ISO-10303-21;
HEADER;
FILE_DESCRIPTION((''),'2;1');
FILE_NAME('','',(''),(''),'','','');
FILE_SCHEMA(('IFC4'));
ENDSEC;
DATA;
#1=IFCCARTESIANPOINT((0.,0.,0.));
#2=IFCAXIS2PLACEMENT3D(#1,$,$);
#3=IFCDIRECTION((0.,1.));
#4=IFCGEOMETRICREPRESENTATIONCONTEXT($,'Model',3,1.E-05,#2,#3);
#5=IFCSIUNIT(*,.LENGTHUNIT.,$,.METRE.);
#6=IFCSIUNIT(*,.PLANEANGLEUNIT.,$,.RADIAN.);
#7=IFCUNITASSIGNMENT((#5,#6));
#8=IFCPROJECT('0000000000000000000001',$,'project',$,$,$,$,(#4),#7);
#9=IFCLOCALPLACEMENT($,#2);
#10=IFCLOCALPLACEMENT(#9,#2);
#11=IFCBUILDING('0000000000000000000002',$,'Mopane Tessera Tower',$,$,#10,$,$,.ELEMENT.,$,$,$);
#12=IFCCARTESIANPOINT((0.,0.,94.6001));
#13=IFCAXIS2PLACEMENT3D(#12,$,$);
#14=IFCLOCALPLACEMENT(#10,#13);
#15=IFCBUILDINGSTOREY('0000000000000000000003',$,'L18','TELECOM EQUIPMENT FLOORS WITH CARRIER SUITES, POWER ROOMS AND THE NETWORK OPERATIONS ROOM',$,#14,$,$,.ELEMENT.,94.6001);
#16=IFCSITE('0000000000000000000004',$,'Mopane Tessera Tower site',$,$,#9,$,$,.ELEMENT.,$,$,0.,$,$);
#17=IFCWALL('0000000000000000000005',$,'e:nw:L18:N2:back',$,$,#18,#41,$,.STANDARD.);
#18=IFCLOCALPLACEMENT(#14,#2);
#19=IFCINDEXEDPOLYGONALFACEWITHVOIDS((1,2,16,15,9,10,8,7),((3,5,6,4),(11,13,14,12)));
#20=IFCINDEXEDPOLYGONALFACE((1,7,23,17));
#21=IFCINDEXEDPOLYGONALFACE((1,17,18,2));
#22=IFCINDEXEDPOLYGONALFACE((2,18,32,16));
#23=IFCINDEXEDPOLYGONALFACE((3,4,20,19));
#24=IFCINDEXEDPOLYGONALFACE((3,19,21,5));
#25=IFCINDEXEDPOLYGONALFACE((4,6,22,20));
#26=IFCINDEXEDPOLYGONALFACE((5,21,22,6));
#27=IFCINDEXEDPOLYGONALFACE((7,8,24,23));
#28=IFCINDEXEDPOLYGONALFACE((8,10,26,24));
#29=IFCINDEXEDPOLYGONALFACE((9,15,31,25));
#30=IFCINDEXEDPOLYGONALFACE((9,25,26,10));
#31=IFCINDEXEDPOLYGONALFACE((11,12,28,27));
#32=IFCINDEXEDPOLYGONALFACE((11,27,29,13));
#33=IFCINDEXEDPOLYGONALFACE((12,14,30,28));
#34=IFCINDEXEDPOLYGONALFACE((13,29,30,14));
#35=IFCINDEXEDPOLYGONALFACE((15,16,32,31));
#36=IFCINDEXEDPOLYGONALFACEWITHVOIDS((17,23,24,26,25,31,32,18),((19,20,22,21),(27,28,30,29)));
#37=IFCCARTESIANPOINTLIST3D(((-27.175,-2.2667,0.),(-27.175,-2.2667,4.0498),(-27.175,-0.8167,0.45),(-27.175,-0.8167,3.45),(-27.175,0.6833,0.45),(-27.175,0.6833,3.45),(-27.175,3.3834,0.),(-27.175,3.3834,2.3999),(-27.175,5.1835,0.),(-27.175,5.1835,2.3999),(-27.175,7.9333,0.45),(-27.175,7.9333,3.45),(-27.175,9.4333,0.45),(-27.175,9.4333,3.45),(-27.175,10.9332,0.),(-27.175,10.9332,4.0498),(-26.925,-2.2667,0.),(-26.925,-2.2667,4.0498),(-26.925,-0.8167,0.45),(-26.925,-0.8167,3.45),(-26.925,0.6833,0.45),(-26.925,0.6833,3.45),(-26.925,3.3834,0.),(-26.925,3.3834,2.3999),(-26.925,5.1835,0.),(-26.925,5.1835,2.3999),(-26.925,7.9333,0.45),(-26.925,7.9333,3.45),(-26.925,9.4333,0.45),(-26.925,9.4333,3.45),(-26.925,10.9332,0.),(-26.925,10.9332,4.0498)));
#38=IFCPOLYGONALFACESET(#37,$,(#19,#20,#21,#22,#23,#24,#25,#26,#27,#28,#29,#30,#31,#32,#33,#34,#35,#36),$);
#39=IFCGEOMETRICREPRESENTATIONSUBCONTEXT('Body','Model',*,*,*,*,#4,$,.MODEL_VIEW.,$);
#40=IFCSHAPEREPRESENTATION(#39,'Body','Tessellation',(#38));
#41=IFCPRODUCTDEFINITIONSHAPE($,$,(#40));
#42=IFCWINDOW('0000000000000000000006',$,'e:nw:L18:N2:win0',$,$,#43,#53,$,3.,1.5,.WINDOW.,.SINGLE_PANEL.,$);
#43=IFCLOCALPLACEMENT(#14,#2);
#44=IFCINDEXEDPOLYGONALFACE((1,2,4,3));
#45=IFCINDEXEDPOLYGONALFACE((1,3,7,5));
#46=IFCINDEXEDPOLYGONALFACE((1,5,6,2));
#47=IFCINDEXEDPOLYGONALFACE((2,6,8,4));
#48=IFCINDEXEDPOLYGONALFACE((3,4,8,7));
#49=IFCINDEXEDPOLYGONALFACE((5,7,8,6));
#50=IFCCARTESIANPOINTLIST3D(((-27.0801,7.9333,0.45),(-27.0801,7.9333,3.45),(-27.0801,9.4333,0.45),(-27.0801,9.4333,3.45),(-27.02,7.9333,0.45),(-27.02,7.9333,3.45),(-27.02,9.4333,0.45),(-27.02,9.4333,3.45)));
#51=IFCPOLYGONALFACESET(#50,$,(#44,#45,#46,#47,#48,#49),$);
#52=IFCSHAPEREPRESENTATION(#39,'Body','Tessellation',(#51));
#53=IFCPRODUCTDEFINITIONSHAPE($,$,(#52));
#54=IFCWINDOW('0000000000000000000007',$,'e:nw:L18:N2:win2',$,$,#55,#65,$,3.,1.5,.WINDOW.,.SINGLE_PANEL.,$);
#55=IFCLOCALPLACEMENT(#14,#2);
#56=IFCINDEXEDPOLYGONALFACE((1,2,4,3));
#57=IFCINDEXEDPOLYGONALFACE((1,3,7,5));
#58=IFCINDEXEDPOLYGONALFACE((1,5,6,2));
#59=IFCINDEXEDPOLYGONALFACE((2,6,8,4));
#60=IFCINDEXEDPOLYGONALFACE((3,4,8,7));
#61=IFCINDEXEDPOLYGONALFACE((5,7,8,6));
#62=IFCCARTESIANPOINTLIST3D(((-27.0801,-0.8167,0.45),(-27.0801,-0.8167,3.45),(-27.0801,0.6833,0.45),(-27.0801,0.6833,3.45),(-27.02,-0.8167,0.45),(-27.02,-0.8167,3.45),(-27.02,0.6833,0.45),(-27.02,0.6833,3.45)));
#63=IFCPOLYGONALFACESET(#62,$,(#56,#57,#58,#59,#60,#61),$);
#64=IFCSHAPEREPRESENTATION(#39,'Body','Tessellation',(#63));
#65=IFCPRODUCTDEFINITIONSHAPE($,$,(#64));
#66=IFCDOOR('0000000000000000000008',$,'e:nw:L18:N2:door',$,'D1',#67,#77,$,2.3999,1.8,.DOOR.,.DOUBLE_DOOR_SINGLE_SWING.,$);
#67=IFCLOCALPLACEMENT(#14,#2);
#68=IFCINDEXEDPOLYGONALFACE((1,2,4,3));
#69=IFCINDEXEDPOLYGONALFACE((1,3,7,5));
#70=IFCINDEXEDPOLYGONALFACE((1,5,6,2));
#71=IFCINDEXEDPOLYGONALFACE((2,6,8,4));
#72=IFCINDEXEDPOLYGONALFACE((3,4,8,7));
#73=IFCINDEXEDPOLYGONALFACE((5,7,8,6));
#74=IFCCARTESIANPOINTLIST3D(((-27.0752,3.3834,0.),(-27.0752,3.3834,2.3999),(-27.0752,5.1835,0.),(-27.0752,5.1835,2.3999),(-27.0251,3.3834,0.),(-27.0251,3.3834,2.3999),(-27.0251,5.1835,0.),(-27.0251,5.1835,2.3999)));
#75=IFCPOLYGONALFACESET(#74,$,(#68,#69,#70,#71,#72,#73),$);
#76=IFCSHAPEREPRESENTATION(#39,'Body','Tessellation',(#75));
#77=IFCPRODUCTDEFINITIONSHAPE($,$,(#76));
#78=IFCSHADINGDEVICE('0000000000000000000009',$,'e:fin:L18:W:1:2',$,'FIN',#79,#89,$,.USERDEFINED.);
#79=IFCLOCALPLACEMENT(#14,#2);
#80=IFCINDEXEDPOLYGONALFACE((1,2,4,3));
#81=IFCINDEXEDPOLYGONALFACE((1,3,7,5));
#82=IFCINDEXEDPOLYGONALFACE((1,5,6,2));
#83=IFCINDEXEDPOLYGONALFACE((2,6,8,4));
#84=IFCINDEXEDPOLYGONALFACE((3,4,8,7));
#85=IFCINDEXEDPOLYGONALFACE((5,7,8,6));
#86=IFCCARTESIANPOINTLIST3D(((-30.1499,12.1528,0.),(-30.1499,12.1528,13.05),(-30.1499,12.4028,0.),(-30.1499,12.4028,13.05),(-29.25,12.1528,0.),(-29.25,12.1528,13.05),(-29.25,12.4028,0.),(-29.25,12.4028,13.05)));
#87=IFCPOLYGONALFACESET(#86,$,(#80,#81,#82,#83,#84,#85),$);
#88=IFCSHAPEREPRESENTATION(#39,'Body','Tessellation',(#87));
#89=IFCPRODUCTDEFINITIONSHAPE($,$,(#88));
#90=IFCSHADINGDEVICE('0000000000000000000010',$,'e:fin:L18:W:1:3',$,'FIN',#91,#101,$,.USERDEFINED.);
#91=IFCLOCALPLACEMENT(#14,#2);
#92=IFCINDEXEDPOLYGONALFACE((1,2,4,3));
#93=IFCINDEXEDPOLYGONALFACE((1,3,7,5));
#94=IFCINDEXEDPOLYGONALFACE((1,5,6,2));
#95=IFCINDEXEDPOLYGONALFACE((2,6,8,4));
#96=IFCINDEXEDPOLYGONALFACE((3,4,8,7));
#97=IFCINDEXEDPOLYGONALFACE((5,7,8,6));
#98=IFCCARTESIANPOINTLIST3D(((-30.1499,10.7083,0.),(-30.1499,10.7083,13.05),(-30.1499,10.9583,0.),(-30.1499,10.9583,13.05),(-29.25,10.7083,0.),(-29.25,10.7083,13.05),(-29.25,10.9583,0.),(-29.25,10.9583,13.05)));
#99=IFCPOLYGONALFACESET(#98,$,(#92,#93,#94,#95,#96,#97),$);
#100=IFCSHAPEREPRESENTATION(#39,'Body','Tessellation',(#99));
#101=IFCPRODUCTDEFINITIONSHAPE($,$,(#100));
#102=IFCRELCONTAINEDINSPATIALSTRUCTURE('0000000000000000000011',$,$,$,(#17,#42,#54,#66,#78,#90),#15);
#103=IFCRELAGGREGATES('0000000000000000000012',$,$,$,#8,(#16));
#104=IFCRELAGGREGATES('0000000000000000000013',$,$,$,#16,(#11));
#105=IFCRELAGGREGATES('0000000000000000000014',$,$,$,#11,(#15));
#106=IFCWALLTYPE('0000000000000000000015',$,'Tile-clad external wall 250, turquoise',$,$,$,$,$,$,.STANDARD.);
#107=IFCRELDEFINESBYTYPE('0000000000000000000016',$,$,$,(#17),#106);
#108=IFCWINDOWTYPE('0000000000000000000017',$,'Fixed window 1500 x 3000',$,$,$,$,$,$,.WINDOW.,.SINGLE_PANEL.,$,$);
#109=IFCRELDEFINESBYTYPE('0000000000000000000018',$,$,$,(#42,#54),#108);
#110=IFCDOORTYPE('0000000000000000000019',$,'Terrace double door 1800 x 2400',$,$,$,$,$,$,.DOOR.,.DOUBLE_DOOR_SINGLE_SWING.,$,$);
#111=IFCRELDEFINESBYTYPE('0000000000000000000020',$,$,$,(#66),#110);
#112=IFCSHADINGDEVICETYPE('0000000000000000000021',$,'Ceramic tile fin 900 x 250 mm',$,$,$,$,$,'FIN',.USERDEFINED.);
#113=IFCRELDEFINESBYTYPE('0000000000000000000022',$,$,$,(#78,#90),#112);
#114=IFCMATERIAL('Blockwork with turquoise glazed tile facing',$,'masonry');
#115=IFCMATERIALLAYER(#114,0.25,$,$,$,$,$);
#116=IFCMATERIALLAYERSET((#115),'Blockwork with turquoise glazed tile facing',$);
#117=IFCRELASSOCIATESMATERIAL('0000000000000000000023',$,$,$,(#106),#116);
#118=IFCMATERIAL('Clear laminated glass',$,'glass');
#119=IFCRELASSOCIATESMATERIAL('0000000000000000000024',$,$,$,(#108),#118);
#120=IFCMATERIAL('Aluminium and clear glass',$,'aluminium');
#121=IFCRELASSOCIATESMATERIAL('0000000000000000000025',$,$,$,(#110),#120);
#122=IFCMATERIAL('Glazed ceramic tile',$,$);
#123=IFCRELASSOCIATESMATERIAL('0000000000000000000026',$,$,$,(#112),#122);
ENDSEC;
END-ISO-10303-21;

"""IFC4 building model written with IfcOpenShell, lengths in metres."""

from ifc_helpers import new_model, si_unit, direction, frame, frame_2d, origin, origin_2d, place, context, subcontext, project, spatial, rectangle, extrude, material, layer, layer_set, type_object, element, fill, save


model = new_model("IFC4")

# Units and contexts
model_context = context("Model", 3, precision=1e-05, world=origin(), true_north=direction((0.0, 1.0)))
body_context = subcontext(model_context, "Body", "Model", "MODEL_VIEW")
ifc_project = project(units=[si_unit("LENGTHUNIT", "METRE"), si_unit("PLANEANGLEUNIT", "RADIAN")], contexts=[model_context])

# Site, building, storey
site_placement = place(None, origin())
site = spatial("IfcSite", under=ifc_project, at=site_placement, Name="Mopane Tessera Tower site", CompositionType="ELEMENT", RefElevation=0.0)
building_placement = place(site_placement, origin())
building = spatial("IfcBuilding", under=site, at=building_placement, Name="Mopane Tessera Tower", CompositionType="ELEMENT")
storey_placement = place(building_placement, frame((0.0, 0.0, 94.6001)))
storey = spatial("IfcBuildingStorey", under=building, at=storey_placement, Name="L18", Description="TELECOM EQUIPMENT FLOORS WITH CARRIER SUITES, POWER ROOMS AND THE NETWORK OPERATIONS ROOM", CompositionType="ELEMENT", Elevation=94.6001)

# Wall, openings, windows, door
ifc_material_1 = material(Name="Blockwork with turquoise glazed tile facing", Category="masonry")
ifc_layer_1 = layer(ifc_material_1, 0.25)
ifc_layer_set_1 = layer_set([ifc_layer_1], Name="Blockwork with turquoise glazed tile facing")
wall_type_1 = type_object("IfcWallType", Name="Tile-clad external wall 250, turquoise", PredefinedType="STANDARD", material=ifc_layer_set_1)
wall_1_placement = place(storey_placement, frame((-27.05, 10.9333, 0.0), z_axis=(0.0, 0.0, 1.0), x_axis=(0.0, -1.0, 0.0)))
wall_1 = element("IfcWall", 1, at=wall_1_placement, inside=storey, type_object=wall_type_1, Name="e:nw:L18:N2:back", PredefinedType="STANDARD", context=body_context, shape_type="SweptSolid", body=[
    extrude(rectangle(XDim=13.2, YDim=0.25, at=frame_2d((6.6001, 0.0))), origin(), (0.0, 0.0, 1.0), 4.0498),
])
opening_1_placement = place(wall_1_placement, frame((1.5, 0.0, 0.45)))
opening_1 = element("IfcOpeningElement", 2, at=opening_1_placement, cuts=wall_1, PredefinedType="OPENING", context=body_context, shape_type="SweptSolid", body=[
    extrude(rectangle(XDim=1.5, YDim=3.0, at=frame_2d((0.75, 1.5))), frame((0.0, 0.137, 0.0), z_axis=(0.0, -1.0, 0.0), x_axis=(1.0, 0.0, 0.0)), (0.0, 0.0, 1.0), 0.2739),
])
opening_2_placement = place(wall_1_placement, frame((5.75, 0.0, 0.0)))
opening_2 = element("IfcOpeningElement", 3, at=opening_2_placement, cuts=wall_1, PredefinedType="OPENING", context=body_context, shape_type="SweptSolid", body=[
    extrude(rectangle(XDim=1.8, YDim=2.3999, at=frame_2d((0.8999, 1.2))), frame((0.0, 0.137, 0.0), z_axis=(0.0, -1.0, 0.0), x_axis=(1.0, 0.0, 0.0)), (0.0, 0.0, 1.0), 0.2739),
])
opening_3_placement = place(wall_1_placement, frame((10.25, 0.0, 0.45)))
opening_3 = element("IfcOpeningElement", 4, at=opening_3_placement, cuts=wall_1, PredefinedType="OPENING", context=body_context, shape_type="SweptSolid", body=[
    extrude(rectangle(XDim=1.5, YDim=3.0, at=frame_2d((0.75, 1.5))), frame((0.0, 0.137, 0.0), z_axis=(0.0, -1.0, 0.0), x_axis=(1.0, 0.0, 0.0)), (0.0, 0.0, 1.0), 0.2739),
])
ifc_material_2 = material(Name="Clear laminated glass", Category="glass")
window_type = type_object("IfcWindowType", Name="Fixed window 1500 x 3000", PartitioningType="SINGLE_PANEL", PredefinedType="WINDOW", material=ifc_material_2)
window_1_placement = place(opening_1_placement, origin())
window_1 = element("IfcWindow", 5, at=window_1_placement, inside=storey, type_object=window_type, Name="e:nw:L18:N2:win0", OverallHeight=3.0, OverallWidth=1.5, PartitioningType="SINGLE_PANEL", PredefinedType="WINDOW", context=body_context, shape_type="SweptSolid", body=[
    extrude(rectangle(XDim=1.5, YDim=3.0, at=frame_2d((0.75, 1.5))), frame((0.0, 0.03, 0.0), z_axis=(0.0, -1.0, 0.0), x_axis=(1.0, 0.0, 0.0)), (0.0, 0.0, 1.0), 0.0601),
])
fill(opening_1, window_1)
window_2_placement = place(opening_3_placement, origin())
window_2 = element("IfcWindow", 6, at=window_2_placement, inside=storey, type_object=window_type, Name="e:nw:L18:N2:win2", OverallHeight=3.0, OverallWidth=1.5, PartitioningType="SINGLE_PANEL", PredefinedType="WINDOW", context=body_context, shape_type="SweptSolid", body=[
    extrude(rectangle(XDim=1.5, YDim=3.0, at=frame_2d((0.75, 1.5))), frame((0.0, 0.03, 0.0), z_axis=(0.0, -1.0, 0.0), x_axis=(1.0, 0.0, 0.0)), (0.0, 0.0, 1.0), 0.0601),
])
fill(opening_3, window_2)
ifc_material_3 = material(Name="Aluminium and clear glass", Category="aluminium")
door_type_1 = type_object("IfcDoorType", Name="Terrace double door 1800 x 2400", OperationType="DOUBLE_DOOR_SINGLE_SWING", PredefinedType="DOOR", material=ifc_material_3)
door_1_placement = place(opening_2_placement, origin())
door_1 = element("IfcDoor", 7, at=door_1_placement, inside=storey, type_object=door_type_1, Name="e:nw:L18:N2:door", ObjectType="D1", OperationType="DOUBLE_DOOR_SINGLE_SWING", OverallHeight=2.3999, OverallWidth=1.8, PredefinedType="DOOR", context=body_context, shape_type="SweptSolid", body=[
    extrude(rectangle(XDim=1.8, YDim=2.3999, at=frame_2d((0.8999, 1.2))), frame((0.0, 0.0249, 0.0), z_axis=(0.0, -1.0, 0.0), x_axis=(1.0, 0.0, 0.0)), (0.0, 0.0, 1.0), 0.05),
])
fill(opening_2, door_1)

# Shading devices
ifc_material_4 = material(Name="Glazed ceramic tile")
shading_device_type = type_object("IfcShadingDeviceType", Name="Ceramic tile fin 900 x 250 mm", ElementType="FIN", PredefinedType="USERDEFINED", material=ifc_material_4)
for number, where, z_axis, x_axis, name in (
    (8, (-29.7, 12.2778, 0.0), (0.0, 0.0, 1.0), (0.0, -1.0, 0.0), "e:fin:L18:W:1:2"),
    (9, (-29.7, 10.8333, 0.0), (0.0, 0.0, 1.0), (0.0, -1.0, 0.0), "e:fin:L18:W:1:3"),
):
    element("IfcShadingDevice", number, at=place(storey_placement, frame(where, z_axis=z_axis, x_axis=x_axis)), inside=storey, type_object=shading_device_type, Name=name, ObjectType="FIN", PredefinedType="USERDEFINED", context=body_context, shape_type="SweptSolid", body=[
        extrude(rectangle(XDim=0.25, YDim=0.8999, at=origin_2d()), origin(), (0.0, 0.0, 1.0), 13.05),
    ])

save(model, "model.ifc")
